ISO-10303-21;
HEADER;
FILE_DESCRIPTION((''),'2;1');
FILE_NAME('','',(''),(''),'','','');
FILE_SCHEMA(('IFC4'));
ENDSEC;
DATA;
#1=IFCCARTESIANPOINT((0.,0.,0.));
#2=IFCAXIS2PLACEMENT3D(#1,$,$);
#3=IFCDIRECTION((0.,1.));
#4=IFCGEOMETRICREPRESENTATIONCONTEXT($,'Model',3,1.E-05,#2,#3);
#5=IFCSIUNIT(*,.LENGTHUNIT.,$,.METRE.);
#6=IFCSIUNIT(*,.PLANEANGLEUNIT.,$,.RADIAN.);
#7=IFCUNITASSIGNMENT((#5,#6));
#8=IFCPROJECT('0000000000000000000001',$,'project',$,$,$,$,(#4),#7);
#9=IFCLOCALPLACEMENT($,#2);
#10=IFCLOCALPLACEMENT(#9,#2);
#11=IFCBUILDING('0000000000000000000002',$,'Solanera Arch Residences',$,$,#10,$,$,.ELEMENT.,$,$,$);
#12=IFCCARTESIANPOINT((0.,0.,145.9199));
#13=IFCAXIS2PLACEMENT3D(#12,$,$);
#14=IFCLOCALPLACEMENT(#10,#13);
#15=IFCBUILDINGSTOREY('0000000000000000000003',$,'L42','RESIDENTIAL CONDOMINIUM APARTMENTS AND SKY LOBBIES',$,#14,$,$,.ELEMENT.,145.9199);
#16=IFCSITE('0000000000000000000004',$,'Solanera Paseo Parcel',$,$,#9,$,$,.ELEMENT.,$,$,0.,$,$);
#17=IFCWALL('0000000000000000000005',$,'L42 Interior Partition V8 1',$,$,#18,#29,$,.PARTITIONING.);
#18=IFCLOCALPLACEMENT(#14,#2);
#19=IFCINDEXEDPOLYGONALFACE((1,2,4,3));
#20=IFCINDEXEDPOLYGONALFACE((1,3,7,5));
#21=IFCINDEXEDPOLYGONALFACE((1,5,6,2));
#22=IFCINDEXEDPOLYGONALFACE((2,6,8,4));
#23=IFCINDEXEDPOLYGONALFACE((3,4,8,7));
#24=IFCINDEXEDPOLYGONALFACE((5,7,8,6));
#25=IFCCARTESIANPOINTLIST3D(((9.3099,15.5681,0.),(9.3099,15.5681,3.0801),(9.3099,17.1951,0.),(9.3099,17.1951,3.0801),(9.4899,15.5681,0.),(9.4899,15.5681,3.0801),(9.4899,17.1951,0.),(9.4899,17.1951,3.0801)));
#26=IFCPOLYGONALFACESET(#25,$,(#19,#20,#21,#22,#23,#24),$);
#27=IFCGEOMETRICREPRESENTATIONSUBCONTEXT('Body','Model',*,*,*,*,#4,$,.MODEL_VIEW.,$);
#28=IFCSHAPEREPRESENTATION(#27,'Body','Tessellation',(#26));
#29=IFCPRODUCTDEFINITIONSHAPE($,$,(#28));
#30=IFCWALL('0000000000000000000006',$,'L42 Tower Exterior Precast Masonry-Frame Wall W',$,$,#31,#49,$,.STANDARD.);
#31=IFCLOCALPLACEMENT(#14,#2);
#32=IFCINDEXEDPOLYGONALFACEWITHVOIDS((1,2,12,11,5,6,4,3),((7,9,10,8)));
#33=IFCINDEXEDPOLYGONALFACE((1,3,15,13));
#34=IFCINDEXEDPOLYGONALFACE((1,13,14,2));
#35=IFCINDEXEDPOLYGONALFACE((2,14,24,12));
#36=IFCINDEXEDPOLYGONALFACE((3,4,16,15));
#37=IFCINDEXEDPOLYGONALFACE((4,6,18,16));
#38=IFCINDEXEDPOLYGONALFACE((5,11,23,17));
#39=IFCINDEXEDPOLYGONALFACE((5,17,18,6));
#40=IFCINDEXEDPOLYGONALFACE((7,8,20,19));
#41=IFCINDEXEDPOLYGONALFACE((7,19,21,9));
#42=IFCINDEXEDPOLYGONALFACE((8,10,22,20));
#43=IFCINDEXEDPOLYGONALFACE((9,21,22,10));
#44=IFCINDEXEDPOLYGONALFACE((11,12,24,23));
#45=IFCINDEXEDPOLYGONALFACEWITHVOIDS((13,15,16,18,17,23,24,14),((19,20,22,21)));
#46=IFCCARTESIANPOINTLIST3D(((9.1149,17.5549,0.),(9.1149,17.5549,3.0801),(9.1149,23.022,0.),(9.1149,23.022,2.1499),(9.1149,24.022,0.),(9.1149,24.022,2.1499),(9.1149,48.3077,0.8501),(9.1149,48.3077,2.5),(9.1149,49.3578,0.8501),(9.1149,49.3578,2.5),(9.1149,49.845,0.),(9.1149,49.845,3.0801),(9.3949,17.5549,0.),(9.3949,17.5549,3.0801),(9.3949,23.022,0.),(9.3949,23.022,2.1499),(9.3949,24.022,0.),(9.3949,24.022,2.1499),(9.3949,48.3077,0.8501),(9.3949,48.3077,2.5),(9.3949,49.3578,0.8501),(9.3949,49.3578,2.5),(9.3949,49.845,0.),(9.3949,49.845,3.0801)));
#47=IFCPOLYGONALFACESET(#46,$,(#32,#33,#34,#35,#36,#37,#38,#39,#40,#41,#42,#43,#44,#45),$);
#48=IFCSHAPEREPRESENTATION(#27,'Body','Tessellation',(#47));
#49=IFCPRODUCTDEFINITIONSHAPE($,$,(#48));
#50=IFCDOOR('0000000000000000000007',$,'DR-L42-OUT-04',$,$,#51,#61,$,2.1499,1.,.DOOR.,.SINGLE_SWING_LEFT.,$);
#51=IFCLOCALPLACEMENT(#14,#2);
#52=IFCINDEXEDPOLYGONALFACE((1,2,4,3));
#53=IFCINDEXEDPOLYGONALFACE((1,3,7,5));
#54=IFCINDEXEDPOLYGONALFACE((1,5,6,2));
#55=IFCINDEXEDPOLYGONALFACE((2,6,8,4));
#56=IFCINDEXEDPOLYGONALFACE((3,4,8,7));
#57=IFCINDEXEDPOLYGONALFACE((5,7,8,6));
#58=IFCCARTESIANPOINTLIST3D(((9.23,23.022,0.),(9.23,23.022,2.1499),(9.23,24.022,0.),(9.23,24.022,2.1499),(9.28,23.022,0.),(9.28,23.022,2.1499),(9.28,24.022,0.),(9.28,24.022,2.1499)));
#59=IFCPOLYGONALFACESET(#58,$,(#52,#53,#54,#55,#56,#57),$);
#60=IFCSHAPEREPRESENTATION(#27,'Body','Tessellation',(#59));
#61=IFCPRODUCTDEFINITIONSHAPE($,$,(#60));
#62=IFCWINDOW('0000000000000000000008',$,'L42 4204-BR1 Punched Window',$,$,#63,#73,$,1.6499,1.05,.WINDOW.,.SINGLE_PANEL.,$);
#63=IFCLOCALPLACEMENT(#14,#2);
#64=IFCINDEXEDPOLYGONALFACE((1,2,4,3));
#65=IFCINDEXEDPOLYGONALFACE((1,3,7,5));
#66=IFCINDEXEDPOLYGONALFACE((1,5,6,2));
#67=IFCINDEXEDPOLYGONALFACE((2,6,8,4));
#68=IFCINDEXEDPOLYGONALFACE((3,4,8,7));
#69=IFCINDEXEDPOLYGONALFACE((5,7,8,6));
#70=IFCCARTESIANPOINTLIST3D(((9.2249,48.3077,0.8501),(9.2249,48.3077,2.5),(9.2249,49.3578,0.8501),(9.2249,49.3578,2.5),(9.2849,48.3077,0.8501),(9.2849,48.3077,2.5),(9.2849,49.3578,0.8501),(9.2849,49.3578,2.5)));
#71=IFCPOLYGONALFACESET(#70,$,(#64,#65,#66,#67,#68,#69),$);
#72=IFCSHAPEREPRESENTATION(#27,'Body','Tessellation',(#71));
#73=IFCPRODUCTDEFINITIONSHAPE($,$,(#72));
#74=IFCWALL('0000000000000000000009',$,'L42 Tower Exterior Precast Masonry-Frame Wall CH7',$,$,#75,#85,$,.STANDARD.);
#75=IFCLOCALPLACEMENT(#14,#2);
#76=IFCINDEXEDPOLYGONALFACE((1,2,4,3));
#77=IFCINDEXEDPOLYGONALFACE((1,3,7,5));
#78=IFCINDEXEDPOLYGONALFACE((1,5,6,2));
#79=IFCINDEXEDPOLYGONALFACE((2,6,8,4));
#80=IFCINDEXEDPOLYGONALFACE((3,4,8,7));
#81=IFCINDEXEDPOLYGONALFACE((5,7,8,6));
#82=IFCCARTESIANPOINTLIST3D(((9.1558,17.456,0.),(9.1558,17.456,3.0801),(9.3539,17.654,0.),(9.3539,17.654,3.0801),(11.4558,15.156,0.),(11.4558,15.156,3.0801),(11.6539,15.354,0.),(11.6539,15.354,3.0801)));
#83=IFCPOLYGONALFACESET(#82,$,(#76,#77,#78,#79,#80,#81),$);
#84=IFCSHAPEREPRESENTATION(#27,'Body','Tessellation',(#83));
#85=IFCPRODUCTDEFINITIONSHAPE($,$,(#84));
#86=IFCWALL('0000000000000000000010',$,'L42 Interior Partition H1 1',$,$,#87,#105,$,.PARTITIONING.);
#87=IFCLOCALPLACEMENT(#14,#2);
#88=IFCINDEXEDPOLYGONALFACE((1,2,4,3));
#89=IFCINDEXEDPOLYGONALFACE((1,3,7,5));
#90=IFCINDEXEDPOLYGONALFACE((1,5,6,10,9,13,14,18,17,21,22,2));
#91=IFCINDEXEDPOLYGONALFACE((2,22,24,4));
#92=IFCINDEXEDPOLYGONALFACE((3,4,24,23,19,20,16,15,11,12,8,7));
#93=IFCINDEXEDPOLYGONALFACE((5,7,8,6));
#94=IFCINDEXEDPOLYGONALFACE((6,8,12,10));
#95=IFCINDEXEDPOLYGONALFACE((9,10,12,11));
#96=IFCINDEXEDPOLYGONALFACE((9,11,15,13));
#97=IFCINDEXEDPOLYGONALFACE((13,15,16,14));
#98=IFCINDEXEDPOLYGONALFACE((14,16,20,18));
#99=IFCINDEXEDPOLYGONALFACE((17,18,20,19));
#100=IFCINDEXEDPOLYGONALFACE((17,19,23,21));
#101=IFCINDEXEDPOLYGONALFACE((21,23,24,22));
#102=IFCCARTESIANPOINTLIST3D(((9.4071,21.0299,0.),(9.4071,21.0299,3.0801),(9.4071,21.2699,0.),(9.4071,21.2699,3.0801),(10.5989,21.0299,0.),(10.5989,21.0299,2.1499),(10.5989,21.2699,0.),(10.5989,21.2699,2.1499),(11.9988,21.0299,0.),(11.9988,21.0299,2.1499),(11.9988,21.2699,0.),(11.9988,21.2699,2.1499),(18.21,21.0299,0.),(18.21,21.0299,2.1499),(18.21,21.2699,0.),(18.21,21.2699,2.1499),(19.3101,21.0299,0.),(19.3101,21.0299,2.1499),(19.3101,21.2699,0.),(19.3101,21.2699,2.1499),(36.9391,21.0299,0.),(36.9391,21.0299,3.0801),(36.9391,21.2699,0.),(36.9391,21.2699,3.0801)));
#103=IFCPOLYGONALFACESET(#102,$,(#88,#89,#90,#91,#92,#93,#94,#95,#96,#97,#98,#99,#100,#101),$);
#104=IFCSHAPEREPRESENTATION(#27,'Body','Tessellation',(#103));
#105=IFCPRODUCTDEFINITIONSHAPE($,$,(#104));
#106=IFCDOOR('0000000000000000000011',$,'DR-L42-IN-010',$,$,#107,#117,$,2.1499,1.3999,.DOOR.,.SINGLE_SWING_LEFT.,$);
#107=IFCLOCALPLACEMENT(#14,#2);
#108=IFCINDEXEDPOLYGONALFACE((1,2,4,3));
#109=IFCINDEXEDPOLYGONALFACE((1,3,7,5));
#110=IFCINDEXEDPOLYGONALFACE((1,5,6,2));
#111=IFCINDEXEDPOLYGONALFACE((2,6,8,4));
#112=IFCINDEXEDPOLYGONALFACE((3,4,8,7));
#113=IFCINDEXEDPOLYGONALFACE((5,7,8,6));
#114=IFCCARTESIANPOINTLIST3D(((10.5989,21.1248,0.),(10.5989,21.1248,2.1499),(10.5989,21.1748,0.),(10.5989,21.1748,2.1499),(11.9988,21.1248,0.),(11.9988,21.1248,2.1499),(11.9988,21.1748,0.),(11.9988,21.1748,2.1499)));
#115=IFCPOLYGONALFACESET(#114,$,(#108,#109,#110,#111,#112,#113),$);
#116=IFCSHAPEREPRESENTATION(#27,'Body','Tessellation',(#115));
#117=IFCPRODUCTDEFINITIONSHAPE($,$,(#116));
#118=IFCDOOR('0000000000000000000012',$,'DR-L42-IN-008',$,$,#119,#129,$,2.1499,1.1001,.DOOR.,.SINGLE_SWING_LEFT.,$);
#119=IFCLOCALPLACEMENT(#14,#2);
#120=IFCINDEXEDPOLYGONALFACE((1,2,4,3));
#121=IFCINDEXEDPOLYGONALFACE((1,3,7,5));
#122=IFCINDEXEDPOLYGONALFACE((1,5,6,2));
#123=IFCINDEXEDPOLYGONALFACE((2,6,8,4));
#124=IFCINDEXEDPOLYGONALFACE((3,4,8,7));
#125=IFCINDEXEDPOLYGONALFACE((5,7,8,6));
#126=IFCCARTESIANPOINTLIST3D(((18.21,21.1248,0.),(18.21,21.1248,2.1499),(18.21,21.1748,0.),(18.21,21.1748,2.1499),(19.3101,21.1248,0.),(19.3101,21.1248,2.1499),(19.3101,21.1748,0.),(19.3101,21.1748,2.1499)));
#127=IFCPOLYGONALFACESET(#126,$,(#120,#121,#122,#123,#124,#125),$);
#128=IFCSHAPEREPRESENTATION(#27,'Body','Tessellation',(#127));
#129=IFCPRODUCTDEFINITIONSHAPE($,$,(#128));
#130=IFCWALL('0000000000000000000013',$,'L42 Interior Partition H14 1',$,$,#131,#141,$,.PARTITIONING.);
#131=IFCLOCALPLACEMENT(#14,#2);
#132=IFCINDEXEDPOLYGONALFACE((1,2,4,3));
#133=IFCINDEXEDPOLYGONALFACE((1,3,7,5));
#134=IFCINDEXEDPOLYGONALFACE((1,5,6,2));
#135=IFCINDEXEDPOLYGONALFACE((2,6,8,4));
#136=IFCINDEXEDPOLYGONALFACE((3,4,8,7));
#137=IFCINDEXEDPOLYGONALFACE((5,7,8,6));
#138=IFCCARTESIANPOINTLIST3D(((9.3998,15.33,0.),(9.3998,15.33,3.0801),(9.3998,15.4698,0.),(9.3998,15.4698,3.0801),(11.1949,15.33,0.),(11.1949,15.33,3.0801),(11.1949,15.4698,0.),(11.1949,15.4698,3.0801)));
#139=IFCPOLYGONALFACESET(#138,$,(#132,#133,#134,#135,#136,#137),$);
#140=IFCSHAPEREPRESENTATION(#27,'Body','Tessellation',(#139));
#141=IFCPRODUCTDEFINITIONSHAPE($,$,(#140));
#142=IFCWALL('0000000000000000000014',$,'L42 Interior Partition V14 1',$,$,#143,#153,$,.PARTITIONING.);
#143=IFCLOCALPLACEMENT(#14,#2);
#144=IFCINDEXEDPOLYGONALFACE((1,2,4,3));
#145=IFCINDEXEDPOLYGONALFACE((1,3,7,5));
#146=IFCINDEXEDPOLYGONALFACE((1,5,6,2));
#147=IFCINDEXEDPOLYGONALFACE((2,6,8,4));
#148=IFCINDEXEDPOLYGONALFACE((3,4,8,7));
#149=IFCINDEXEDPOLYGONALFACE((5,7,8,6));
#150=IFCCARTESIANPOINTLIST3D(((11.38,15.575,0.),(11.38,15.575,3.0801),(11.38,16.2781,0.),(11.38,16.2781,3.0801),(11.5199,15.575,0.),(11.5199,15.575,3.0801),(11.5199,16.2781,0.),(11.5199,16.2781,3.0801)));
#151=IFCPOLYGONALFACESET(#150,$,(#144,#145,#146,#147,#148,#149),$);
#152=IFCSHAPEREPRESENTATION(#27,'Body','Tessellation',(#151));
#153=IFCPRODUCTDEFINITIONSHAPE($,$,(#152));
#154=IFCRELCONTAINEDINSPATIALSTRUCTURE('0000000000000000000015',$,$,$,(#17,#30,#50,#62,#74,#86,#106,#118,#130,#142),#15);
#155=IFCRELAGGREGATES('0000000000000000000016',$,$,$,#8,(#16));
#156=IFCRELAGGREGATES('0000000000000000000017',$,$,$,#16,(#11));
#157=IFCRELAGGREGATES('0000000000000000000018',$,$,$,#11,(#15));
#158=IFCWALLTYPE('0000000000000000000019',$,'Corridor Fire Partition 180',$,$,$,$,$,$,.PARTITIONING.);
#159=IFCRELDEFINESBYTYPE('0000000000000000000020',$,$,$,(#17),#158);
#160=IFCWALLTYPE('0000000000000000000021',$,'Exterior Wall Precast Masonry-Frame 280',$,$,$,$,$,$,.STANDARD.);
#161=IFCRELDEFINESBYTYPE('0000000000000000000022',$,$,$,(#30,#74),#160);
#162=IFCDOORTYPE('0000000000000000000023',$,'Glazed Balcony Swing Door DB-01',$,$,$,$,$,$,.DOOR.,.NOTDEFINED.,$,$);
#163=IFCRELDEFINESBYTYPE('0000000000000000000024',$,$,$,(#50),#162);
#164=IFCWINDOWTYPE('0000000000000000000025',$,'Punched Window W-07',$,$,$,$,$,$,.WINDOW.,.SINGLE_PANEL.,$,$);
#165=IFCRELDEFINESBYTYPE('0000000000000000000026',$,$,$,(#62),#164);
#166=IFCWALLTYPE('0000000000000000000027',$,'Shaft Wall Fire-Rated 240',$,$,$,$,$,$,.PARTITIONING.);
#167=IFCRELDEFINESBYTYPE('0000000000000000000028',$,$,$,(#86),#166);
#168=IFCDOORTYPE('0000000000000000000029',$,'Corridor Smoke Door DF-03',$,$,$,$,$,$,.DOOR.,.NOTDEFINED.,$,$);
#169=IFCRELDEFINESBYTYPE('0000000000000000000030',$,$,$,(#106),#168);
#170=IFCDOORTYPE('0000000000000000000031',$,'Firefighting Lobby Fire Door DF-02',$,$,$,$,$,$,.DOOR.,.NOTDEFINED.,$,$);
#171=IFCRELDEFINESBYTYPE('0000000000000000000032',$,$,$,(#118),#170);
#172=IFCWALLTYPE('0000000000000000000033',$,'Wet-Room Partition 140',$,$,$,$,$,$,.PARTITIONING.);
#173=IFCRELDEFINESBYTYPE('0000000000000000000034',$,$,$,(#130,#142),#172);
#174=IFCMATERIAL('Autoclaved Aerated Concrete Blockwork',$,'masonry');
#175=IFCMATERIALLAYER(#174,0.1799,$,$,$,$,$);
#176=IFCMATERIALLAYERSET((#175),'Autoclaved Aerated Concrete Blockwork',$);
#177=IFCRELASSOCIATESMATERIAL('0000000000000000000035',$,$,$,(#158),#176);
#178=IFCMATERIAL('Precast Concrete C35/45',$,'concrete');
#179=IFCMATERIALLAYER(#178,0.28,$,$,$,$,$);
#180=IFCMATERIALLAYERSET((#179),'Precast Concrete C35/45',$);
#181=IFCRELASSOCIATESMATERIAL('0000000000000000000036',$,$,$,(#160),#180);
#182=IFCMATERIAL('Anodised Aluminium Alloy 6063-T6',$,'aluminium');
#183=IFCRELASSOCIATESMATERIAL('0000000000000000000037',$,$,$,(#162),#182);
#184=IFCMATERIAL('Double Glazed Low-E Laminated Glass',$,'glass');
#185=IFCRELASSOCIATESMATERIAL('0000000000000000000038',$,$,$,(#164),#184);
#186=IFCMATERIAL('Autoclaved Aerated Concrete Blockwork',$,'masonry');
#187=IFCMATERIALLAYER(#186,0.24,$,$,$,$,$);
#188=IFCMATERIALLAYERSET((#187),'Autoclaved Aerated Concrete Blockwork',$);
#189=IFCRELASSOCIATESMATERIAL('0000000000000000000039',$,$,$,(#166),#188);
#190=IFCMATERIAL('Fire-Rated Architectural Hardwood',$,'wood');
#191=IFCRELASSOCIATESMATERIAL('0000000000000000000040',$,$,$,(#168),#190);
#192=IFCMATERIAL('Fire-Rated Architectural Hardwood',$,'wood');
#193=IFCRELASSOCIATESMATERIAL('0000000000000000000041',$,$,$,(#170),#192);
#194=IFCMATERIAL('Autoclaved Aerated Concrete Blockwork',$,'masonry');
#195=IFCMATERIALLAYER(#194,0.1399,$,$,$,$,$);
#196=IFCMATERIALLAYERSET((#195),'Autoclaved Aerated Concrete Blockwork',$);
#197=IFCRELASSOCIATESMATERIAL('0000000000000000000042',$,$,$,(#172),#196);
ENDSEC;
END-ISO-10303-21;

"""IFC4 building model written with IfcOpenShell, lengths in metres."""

from ifc_helpers import new_model, si_unit, direction, frame, frame_2d, origin, place, context, subcontext, project, spatial, rectangle, extrude, material, layer, layer_set, type_object, element, fill, save


model = new_model("IFC4")

# Units and contexts
model_context = context("Model", 3, precision=1e-05, world=origin(), true_north=direction((0.0, 1.0)))
body_context = subcontext(model_context, "Body", "Model", "MODEL_VIEW")
ifc_project = project(units=[si_unit("LENGTHUNIT", "METRE"), si_unit("PLANEANGLEUNIT", "RADIAN")], contexts=[model_context])

# Site, building, storey
site_placement = place(None, origin())
site = spatial("IfcSite", under=ifc_project, at=site_placement, Name="Solanera Paseo Parcel", CompositionType="ELEMENT", RefElevation=0.0)
building_placement = place(site_placement, origin())
building = spatial("IfcBuilding", under=site, at=building_placement, Name="Solanera Arch Residences", CompositionType="ELEMENT")
storey_placement = place(building_placement, frame((0.0, 0.0, 145.9199)))
storey = spatial("IfcBuildingStorey", under=building, at=storey_placement, Name="L42", Description="RESIDENTIAL CONDOMINIUM APARTMENTS AND SKY LOBBIES", CompositionType="ELEMENT", Elevation=145.9199)

# Shared definitions
ifc_material_1 = material(Name="Autoclaved Aerated Concrete Blockwork", Category="masonry")
ifc_layer_1 = layer(ifc_material_1, 0.1799)
ifc_layer_set_1 = layer_set([ifc_layer_1], Name="Autoclaved Aerated Concrete Blockwork")
wall_type_1 = type_object("IfcWallType", Name="Corridor Fire Partition 180", PredefinedType="PARTITIONING", material=ifc_layer_set_1)

# Wall
wall_1_placement = place(storey_placement, frame((9.3999, 15.5681, 0.0), z_axis=(0.0, 0.0, 1.0), x_axis=(0.0, 1.0, 0.0)))
element("IfcWall", 1, at=wall_1_placement, inside=storey, type_object=wall_type_1, Name="L42 Interior Partition V8 1", PredefinedType="PARTITIONING", context=body_context, shape_type="SweptSolid", body=[
    extrude(rectangle(XDim=1.627, YDim=0.1799, at=frame_2d((0.8135, 0.0))), origin(), (0.0, 0.0, 1.0), 3.0801),
])

# Wall, openings, door, window
ifc_material_2 = material(Name="Precast Concrete C35/45", Category="concrete")
ifc_layer_2 = layer(ifc_material_2, 0.28)
ifc_layer_set_2 = layer_set([ifc_layer_2], Name="Precast Concrete C35/45")
wall_type_2 = type_object("IfcWallType", Name="Exterior Wall Precast Masonry-Frame 280", PredefinedType="STANDARD", material=ifc_layer_set_2)
wall_2_placement = place(storey_placement, frame((9.2549, 17.5549, 0.0), z_axis=(0.0, 0.0, 1.0), x_axis=(0.0, 1.0, 0.0)))
wall_2 = element("IfcWall", 2, at=wall_2_placement, inside=storey, type_object=wall_type_2, Name="L42 Tower Exterior Precast Masonry-Frame Wall W", PredefinedType="STANDARD", context=body_context, shape_type="SweptSolid", body=[
    extrude(rectangle(XDim=32.29, YDim=0.28, at=frame_2d((16.145, 0.0))), origin(), (0.0, 0.0, 1.0), 3.0801),
])
opening_1_placement = place(wall_2_placement, frame((5.467, 0.0, 0.0)))
opening_1 = element("IfcOpeningElement", 3, at=opening_1_placement, cuts=wall_2, PredefinedType="OPENING", context=body_context, shape_type="SweptSolid", body=[
    extrude(rectangle(XDim=1.0, YDim=2.1499, at=frame_2d((0.5, 1.075))), frame((0.0, 0.1499, 0.0), z_axis=(0.0, -1.0, 0.0), x_axis=(1.0, 0.0, 0.0)), (0.0, 0.0, 1.0), 0.3),
])
opening_2_placement = place(wall_2_placement, frame((30.7529, 0.0, 0.8501)))
opening_2 = element("IfcOpeningElement", 4, at=opening_2_placement, cuts=wall_2, PredefinedType="OPENING", context=body_context, shape_type="SweptSolid", body=[
    extrude(rectangle(XDim=1.05, YDim=1.6499, at=frame_2d((0.5249, 0.825))), frame((0.0, 0.1499, 0.0), z_axis=(0.0, -1.0, 0.0), x_axis=(1.0, 0.0, 0.0)), (0.0, 0.0, 1.0), 0.3),
])
ifc_material_3 = material(Name="Anodised Aluminium Alloy 6063-T6", Category="aluminium")
door_type_1 = type_object("IfcDoorType", Name="Glazed Balcony Swing Door DB-01", OperationType="NOTDEFINED", PredefinedType="DOOR", material=ifc_material_3)
door_1_placement = place(opening_1_placement, origin())
door_1 = element("IfcDoor", 5, at=door_1_placement, inside=storey, type_object=door_type_1, Name="DR-L42-OUT-04", OperationType="SINGLE_SWING_LEFT", OverallHeight=2.1499, OverallWidth=1.0, PredefinedType="DOOR", context=body_context, shape_type="SweptSolid", body=[
    extrude(rectangle(XDim=1.0, YDim=2.1499, at=frame_2d((0.5, 1.075))), frame((0.0, 0.0249, 0.0), z_axis=(0.0, -1.0, 0.0), x_axis=(1.0, 0.0, 0.0)), (0.0, 0.0, 1.0), 0.05),
])
fill(opening_1, door_1)
ifc_material_4 = material(Name="Double Glazed Low-E Laminated Glass", Category="glass")
window_type = type_object("IfcWindowType", Name="Punched Window W-07", PartitioningType="SINGLE_PANEL", PredefinedType="WINDOW", material=ifc_material_4)
window_placement = place(opening_2_placement, origin())
window = element("IfcWindow", 6, at=window_placement, inside=storey, type_object=window_type, Name="L42 4204-BR1 Punched Window", OverallHeight=1.6499, OverallWidth=1.05, PartitioningType="SINGLE_PANEL", PredefinedType="WINDOW", context=body_context, shape_type="SweptSolid", body=[
    extrude(rectangle(XDim=1.05, YDim=1.6499, at=frame_2d((0.5249, 0.825))), frame((0.0, 0.03, 0.0), z_axis=(0.0, -1.0, 0.0), x_axis=(1.0, 0.0, 0.0)), (0.0, 0.0, 1.0), 0.0601),
])
fill(opening_2, window)

# Wall
wall_3_placement = place(storey_placement, frame((11.5549, 15.2549, 0.0), z_axis=(0.0, 0.0, 1.0), x_axis=(-0.707107, 0.707107, 0.0)))
element("IfcWall", 7, at=wall_3_placement, inside=storey, type_object=wall_type_2, Name="L42 Tower Exterior Precast Masonry-Frame Wall CH7", PredefinedType="STANDARD", context=body_context, shape_type="SweptSolid", body=[
    extrude(rectangle(XDim=3.2527, YDim=0.28, at=frame_2d((1.6265, 0.0))), origin(), (0.0, 0.0, 1.0), 3.0801),
])

# Wall, openings, doors
ifc_material_5 = material(Name="Autoclaved Aerated Concrete Blockwork", Category="masonry")
ifc_layer_3 = layer(ifc_material_5, 0.24)
ifc_layer_set_3 = layer_set([ifc_layer_3], Name="Autoclaved Aerated Concrete Blockwork")
wall_type_3 = type_object("IfcWallType", Name="Shaft Wall Fire-Rated 240", PredefinedType="PARTITIONING", material=ifc_layer_set_3)
wall_4_placement = place(storey_placement, frame((9.407, 21.1499, 0.0), z_axis=(0.0, 0.0, 1.0), x_axis=(1.0, 0.0, 0.0)))
wall_4 = element("IfcWall", 8, at=wall_4_placement, inside=storey, type_object=wall_type_3, Name="L42 Interior Partition H1 1", PredefinedType="PARTITIONING", context=body_context, shape_type="SweptSolid", body=[
    extrude(rectangle(XDim=27.532, YDim=0.24, at=frame_2d((13.7661, 0.0))), origin(), (0.0, 0.0, 1.0), 3.0801),
])
opening_3_placement = place(wall_4_placement, frame((8.803, 0.0, 0.0)))
opening_3 = element("IfcOpeningElement", 9, at=opening_3_placement, cuts=wall_4, PredefinedType="OPENING", context=body_context, shape_type="SweptSolid", body=[
    extrude(rectangle(XDim=1.1001, YDim=2.1499, at=frame_2d((0.55, 1.075))), frame((0.0, 0.1299, 0.0), z_axis=(0.0, -1.0, 0.0), x_axis=(1.0, 0.0, 0.0)), (0.0, 0.0, 1.0), 0.26),
])
opening_4_placement = place(wall_4_placement, frame((1.1919, 0.0, 0.0)))
opening_4 = element("IfcOpeningElement", 10, at=opening_4_placement, cuts=wall_4, PredefinedType="OPENING", context=body_context, shape_type="SweptSolid", body=[
    extrude(rectangle(XDim=1.3999, YDim=2.1499, at=frame_2d((0.7, 1.075))), frame((0.0, 0.1299, 0.0), z_axis=(0.0, -1.0, 0.0), x_axis=(1.0, 0.0, 0.0)), (0.0, 0.0, 1.0), 0.26),
])
ifc_material_6 = material(Name="Fire-Rated Architectural Hardwood", Category="wood")
door_type_2 = type_object("IfcDoorType", Name="Corridor Smoke Door DF-03", OperationType="NOTDEFINED", PredefinedType="DOOR", material=ifc_material_6)
door_2_placement = place(opening_4_placement, origin())
door_2 = element("IfcDoor", 11, at=door_2_placement, inside=storey, type_object=door_type_2, Name="DR-L42-IN-010", OperationType="SINGLE_SWING_LEFT", OverallHeight=2.1499, OverallWidth=1.3999, PredefinedType="DOOR", context=body_context, shape_type="SweptSolid", body=[
    extrude(rectangle(XDim=1.3999, YDim=2.1499, at=frame_2d((0.7, 1.075))), frame((0.0, 0.0249, 0.0), z_axis=(0.0, -1.0, 0.0), x_axis=(1.0, 0.0, 0.0)), (0.0, 0.0, 1.0), 0.05),
])
fill(opening_4, door_2)
ifc_material_7 = material(Name="Fire-Rated Architectural Hardwood", Category="wood")
door_type_3 = type_object("IfcDoorType", Name="Firefighting Lobby Fire Door DF-02", OperationType="NOTDEFINED", PredefinedType="DOOR", material=ifc_material_7)
door_3_placement = place(opening_3_placement, origin())
door_3 = element("IfcDoor", 12, at=door_3_placement, inside=storey, type_object=door_type_3, Name="DR-L42-IN-008", OperationType="SINGLE_SWING_LEFT", OverallHeight=2.1499, OverallWidth=1.1001, PredefinedType="DOOR", context=body_context, shape_type="SweptSolid", body=[
    extrude(rectangle(XDim=1.1001, YDim=2.1499, at=frame_2d((0.55, 1.075))), frame((0.0, 0.0249, 0.0), z_axis=(0.0, -1.0, 0.0), x_axis=(1.0, 0.0, 0.0)), (0.0, 0.0, 1.0), 0.05),
])
fill(opening_3, door_3)

# Walls
ifc_material_8 = material(Name="Autoclaved Aerated Concrete Blockwork", Category="masonry")
ifc_layer_4 = layer(ifc_material_8, 0.1399)
ifc_layer_set_4 = layer_set([ifc_layer_4], Name="Autoclaved Aerated Concrete Blockwork")
wall_type_4 = type_object("IfcWallType", Name="Wet-Room Partition 140", PredefinedType="PARTITIONING", material=ifc_layer_set_4)
wall_5_placement = place(storey_placement, frame((9.3999, 15.3999, 0.0), z_axis=(0.0, 0.0, 1.0), x_axis=(1.0, 0.0, 0.0)))
element("IfcWall", 13, at=wall_5_placement, inside=storey, type_object=wall_type_4, Name="L42 Interior Partition H14 1", PredefinedType="PARTITIONING", context=body_context, shape_type="SweptSolid", body=[
    extrude(rectangle(XDim=1.7952, YDim=0.1399, at=frame_2d((0.8975, 0.0))), origin(), (0.0, 0.0, 1.0), 3.0801),
])
wall_6_placement = place(storey_placement, frame((11.45, 15.575, 0.0), z_axis=(0.0, 0.0, 1.0), x_axis=(0.0, 1.0, 0.0)))
element("IfcWall", 14, at=wall_6_placement, inside=storey, type_object=wall_type_4, Name="L42 Interior Partition V14 1", PredefinedType="PARTITIONING", context=body_context, shape_type="SweptSolid", body=[
    extrude(rectangle(XDim=0.7031, YDim=0.1399, at=frame_2d((0.3516, 0.0))), origin(), (0.0, 0.0, 1.0), 3.0801),
])

save(model, "model.ifc")
